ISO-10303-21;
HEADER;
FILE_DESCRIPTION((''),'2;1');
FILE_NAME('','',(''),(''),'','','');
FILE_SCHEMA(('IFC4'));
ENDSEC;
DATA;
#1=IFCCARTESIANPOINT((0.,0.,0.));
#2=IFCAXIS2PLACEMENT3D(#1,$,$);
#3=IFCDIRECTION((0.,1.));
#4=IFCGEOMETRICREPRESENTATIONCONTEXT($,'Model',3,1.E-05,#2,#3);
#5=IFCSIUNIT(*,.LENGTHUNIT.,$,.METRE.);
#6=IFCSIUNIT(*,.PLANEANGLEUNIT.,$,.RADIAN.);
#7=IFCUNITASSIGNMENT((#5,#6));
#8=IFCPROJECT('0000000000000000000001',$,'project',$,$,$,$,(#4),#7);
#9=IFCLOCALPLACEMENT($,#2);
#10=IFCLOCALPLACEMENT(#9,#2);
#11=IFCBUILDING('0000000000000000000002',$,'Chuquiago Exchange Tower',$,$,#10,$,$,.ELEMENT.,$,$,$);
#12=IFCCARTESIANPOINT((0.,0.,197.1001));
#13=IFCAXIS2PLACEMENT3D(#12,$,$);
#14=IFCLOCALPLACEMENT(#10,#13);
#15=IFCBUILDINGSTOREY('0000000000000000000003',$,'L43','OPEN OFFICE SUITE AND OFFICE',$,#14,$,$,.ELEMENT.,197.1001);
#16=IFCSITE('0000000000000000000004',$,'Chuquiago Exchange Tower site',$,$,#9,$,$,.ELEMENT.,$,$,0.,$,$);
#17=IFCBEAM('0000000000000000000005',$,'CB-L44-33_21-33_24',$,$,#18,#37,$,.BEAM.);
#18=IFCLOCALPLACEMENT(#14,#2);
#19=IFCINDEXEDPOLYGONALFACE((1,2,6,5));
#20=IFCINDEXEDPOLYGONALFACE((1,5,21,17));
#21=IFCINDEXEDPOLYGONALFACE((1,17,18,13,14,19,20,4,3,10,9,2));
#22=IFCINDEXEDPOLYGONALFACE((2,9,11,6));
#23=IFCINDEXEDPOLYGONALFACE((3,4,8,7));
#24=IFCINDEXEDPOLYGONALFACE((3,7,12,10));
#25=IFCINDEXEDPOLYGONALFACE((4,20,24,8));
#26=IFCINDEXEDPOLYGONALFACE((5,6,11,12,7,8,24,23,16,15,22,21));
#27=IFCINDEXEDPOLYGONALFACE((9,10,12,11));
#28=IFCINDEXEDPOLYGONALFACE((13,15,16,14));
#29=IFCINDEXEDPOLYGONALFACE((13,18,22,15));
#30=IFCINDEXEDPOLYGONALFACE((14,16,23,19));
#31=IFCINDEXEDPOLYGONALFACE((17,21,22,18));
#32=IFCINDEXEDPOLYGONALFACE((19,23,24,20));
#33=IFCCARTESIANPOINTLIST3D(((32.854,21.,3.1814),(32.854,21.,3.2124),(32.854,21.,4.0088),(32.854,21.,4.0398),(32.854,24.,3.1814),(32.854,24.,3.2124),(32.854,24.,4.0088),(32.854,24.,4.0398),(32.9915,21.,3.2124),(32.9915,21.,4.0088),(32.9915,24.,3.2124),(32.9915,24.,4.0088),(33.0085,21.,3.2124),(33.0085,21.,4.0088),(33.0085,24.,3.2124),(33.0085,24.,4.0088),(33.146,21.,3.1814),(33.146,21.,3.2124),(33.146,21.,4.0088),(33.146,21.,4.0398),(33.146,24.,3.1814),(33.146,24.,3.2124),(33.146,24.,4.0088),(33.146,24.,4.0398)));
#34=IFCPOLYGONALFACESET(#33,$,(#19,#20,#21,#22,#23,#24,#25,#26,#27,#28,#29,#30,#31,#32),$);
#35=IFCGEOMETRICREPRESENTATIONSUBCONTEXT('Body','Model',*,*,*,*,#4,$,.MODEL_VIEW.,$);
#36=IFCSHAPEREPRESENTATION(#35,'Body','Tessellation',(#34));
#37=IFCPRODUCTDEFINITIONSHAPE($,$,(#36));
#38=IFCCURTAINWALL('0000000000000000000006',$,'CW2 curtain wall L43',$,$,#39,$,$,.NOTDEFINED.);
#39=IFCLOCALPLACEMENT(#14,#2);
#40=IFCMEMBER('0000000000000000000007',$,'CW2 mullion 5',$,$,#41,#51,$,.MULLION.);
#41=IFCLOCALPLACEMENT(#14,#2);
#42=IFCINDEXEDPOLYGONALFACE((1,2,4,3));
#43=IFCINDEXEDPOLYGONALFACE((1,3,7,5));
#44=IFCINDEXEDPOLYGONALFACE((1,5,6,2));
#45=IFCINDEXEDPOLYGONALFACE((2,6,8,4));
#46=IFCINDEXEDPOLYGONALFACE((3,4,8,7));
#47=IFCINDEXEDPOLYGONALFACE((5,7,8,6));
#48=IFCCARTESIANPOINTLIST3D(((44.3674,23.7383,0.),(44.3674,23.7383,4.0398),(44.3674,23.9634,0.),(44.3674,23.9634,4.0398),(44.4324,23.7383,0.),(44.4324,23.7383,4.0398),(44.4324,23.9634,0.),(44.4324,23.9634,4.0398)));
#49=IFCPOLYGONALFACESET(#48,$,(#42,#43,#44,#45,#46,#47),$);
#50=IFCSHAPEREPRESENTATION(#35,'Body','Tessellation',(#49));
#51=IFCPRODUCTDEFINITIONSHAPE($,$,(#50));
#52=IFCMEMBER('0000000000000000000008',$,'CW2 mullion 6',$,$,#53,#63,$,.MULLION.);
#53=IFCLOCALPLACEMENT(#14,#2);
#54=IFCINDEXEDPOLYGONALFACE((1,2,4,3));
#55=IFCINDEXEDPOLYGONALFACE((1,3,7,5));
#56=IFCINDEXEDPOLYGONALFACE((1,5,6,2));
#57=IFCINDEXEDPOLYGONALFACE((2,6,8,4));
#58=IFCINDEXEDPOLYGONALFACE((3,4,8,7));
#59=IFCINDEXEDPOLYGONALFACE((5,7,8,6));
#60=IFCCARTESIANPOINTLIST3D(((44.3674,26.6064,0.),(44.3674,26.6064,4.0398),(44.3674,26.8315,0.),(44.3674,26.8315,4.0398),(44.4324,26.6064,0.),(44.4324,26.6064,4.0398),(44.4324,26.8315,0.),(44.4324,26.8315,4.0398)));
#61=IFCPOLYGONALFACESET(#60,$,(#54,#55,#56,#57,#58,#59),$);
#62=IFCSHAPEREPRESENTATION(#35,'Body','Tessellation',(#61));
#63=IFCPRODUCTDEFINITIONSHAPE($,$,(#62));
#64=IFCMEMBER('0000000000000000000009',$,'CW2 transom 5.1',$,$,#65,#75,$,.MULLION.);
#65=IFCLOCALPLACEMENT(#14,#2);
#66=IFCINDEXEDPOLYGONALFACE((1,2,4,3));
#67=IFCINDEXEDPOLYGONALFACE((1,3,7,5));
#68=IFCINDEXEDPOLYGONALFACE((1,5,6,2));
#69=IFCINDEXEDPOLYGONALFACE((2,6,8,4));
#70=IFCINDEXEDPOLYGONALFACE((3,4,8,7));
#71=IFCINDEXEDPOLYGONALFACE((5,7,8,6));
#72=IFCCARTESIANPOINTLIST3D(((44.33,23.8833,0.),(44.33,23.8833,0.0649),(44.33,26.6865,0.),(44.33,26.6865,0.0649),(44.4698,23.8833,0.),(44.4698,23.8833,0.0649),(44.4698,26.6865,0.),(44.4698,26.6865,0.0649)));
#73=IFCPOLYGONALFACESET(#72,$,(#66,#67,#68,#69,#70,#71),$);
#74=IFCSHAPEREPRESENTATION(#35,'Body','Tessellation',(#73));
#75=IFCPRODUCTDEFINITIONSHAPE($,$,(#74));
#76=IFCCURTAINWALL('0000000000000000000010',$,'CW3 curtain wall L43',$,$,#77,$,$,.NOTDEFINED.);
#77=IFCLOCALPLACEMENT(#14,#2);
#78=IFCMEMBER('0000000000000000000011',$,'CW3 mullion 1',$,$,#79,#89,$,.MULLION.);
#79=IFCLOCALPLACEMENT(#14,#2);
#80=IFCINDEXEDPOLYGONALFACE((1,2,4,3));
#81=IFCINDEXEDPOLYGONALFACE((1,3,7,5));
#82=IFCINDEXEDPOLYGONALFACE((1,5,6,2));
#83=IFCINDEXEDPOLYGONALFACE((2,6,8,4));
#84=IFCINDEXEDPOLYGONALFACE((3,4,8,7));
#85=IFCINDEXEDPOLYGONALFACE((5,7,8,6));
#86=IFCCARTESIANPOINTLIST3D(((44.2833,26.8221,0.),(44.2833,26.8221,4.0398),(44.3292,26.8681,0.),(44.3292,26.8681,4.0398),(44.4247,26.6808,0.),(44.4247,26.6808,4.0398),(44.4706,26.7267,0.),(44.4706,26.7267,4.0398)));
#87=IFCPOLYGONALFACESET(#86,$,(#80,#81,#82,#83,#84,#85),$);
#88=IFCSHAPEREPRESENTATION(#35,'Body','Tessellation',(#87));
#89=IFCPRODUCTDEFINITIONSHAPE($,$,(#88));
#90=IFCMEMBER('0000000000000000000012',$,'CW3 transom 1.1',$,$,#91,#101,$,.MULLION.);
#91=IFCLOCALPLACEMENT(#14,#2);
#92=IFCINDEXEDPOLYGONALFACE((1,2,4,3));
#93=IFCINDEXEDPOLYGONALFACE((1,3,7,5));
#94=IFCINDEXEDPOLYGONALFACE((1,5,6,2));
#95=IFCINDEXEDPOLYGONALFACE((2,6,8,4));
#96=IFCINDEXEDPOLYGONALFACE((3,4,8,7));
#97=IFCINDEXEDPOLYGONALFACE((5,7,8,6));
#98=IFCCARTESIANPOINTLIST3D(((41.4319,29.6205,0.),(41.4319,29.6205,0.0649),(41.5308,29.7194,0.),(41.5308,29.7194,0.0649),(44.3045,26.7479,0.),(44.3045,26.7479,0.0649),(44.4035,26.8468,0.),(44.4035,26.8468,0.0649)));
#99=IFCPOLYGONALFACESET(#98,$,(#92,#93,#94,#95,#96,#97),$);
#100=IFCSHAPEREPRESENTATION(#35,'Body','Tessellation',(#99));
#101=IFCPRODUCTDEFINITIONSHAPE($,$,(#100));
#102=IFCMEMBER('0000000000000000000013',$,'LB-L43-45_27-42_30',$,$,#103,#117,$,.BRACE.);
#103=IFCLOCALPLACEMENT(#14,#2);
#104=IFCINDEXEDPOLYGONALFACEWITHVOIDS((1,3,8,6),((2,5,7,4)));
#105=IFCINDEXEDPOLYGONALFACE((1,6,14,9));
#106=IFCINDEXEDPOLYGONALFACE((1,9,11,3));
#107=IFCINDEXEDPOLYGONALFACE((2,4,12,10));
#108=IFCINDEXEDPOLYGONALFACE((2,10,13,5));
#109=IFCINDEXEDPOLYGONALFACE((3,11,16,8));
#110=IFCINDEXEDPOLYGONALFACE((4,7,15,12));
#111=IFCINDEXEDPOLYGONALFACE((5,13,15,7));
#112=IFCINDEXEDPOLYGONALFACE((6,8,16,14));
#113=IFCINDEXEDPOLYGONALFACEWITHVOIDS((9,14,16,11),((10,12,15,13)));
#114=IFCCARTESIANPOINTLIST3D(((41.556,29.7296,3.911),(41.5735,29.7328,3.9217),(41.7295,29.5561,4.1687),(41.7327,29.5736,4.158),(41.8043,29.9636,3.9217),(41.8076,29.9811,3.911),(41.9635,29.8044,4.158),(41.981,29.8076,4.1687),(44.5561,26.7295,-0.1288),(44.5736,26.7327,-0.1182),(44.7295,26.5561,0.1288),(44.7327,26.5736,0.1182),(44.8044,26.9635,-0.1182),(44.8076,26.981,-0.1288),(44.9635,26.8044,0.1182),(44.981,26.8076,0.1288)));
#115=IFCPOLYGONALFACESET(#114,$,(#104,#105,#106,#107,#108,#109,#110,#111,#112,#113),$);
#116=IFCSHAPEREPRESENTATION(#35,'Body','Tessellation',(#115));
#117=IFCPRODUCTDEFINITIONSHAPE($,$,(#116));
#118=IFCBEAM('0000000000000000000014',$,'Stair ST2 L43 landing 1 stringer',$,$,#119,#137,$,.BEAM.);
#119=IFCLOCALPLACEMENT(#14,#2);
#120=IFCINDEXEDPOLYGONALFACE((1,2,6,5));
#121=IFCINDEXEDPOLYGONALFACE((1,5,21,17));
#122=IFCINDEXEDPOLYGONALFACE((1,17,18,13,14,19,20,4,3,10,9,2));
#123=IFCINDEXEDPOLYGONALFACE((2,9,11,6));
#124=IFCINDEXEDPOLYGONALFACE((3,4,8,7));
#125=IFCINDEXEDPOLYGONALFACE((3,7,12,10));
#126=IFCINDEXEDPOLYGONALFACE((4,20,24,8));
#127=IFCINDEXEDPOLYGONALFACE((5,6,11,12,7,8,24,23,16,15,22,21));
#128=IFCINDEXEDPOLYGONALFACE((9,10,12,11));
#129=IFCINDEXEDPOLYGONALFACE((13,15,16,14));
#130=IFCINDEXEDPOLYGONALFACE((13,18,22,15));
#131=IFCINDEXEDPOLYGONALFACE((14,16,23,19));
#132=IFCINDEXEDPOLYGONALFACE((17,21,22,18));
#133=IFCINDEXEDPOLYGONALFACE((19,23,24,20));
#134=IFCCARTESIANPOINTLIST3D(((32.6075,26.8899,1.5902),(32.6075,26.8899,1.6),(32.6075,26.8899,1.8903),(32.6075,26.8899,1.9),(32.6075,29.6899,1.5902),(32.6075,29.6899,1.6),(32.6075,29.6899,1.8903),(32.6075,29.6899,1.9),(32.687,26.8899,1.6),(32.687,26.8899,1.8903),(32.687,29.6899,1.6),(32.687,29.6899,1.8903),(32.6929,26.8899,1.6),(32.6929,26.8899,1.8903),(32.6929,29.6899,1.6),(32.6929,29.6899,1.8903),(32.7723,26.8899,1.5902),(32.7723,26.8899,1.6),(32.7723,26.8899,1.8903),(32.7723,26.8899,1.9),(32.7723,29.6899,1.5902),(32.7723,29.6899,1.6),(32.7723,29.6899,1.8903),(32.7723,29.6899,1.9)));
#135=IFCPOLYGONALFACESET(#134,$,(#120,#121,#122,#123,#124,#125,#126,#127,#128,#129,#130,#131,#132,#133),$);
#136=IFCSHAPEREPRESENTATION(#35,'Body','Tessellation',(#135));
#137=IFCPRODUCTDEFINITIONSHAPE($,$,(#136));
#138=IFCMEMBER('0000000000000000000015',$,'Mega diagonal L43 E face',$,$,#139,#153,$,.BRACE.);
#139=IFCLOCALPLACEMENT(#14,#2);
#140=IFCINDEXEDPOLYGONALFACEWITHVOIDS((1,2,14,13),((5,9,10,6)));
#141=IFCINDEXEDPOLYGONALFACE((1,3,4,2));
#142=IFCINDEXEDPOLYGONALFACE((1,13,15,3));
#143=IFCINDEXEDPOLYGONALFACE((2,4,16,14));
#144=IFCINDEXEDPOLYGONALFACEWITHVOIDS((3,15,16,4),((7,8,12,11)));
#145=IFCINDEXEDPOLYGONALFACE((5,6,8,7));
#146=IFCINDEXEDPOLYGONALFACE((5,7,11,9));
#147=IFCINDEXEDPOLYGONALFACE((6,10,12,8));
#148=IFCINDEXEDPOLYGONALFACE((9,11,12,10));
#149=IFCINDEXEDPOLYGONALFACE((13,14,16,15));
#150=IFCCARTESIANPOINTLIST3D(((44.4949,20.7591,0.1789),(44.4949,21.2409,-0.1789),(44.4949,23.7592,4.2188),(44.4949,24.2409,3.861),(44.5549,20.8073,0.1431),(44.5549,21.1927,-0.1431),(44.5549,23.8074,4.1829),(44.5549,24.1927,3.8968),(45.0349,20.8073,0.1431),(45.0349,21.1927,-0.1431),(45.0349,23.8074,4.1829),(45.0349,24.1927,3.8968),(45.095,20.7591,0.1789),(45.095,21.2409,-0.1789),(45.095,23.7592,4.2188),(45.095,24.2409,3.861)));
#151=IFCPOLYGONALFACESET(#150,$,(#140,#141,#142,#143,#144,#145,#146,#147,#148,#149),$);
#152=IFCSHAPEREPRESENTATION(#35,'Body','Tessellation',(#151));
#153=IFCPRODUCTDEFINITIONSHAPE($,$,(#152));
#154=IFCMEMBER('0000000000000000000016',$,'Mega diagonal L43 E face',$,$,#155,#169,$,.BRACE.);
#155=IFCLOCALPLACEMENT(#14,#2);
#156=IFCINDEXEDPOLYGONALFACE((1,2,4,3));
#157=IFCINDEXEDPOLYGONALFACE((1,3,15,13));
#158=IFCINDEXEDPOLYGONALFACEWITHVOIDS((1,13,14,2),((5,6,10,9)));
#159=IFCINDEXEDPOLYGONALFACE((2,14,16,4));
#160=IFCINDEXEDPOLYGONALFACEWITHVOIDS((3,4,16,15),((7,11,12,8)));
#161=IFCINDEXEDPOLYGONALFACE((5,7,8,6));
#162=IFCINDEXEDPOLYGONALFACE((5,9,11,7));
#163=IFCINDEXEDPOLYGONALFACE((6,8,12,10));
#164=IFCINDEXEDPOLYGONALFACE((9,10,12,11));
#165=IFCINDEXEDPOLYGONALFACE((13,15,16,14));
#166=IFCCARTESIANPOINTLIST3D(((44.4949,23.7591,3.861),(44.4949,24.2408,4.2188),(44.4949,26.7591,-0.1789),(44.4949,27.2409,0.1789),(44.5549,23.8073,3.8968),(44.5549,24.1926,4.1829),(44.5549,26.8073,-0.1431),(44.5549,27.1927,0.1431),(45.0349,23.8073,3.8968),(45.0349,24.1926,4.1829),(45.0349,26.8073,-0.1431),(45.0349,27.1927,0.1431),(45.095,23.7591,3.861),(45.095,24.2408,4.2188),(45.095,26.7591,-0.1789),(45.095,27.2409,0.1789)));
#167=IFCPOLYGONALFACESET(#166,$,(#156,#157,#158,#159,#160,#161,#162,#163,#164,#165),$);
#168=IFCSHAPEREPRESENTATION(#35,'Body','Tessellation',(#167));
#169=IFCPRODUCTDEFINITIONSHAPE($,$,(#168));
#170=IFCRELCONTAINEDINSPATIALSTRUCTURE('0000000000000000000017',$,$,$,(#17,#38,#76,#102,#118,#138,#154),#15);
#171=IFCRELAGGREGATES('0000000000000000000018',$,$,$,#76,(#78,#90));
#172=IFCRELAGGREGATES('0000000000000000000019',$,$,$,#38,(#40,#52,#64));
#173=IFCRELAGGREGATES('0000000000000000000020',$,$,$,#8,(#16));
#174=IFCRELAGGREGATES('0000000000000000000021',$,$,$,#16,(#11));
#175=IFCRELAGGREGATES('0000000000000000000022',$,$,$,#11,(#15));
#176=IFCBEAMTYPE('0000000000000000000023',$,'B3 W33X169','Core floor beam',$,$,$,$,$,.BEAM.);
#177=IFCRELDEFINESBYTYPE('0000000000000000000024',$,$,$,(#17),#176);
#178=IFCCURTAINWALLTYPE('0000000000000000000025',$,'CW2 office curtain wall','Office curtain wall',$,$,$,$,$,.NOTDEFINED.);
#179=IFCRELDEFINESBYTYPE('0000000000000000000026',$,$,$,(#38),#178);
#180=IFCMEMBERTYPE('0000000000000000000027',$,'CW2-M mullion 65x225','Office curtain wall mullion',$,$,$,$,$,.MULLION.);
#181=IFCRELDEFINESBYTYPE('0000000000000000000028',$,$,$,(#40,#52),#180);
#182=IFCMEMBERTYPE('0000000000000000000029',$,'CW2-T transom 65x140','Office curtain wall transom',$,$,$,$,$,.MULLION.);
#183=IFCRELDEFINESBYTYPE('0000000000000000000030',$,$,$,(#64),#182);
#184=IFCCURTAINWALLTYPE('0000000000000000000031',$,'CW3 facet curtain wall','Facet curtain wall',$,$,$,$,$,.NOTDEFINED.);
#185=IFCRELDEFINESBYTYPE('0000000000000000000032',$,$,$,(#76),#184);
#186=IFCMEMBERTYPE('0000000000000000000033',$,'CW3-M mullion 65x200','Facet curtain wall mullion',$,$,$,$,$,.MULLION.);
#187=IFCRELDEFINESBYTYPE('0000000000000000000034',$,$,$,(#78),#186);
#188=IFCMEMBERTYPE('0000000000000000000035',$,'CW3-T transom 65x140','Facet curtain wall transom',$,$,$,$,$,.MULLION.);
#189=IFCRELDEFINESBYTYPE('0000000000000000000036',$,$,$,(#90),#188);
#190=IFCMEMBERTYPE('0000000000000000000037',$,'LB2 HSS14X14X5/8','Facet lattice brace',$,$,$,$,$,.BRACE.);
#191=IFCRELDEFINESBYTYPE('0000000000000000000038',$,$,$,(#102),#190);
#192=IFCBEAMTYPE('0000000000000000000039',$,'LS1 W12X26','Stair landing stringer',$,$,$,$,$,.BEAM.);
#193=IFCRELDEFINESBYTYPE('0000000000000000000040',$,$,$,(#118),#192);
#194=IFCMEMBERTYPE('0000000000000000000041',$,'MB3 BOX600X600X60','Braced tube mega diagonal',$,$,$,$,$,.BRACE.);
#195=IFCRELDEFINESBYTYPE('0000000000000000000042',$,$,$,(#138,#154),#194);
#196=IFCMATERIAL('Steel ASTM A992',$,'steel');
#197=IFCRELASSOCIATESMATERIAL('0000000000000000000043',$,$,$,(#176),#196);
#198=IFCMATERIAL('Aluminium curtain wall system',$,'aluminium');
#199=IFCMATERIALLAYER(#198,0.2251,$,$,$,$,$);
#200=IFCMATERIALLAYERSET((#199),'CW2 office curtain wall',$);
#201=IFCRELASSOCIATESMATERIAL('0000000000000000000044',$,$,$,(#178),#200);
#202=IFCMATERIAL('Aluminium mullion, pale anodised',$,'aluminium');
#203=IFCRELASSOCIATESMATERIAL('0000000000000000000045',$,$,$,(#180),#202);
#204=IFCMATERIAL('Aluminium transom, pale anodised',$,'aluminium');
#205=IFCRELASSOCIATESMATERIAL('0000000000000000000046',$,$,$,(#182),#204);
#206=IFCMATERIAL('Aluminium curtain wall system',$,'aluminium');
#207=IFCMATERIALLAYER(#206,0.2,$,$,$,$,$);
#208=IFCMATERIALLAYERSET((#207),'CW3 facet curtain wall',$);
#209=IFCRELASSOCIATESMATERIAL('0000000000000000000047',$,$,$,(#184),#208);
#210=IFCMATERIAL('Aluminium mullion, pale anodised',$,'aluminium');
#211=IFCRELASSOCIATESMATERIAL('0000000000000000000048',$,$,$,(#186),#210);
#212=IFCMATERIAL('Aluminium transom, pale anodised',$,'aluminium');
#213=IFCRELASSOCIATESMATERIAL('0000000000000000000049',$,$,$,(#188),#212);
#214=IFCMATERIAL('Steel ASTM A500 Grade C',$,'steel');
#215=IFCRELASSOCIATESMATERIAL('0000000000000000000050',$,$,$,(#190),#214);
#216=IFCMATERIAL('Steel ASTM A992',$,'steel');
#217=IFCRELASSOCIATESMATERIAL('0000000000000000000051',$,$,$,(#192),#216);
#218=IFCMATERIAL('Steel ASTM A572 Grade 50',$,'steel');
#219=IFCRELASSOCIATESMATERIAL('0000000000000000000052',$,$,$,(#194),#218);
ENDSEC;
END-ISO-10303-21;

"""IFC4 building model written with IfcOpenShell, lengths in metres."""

from ifc_helpers import new_model, si_unit, direction, frame, origin, origin_2d, place, context, subcontext, project, spatial, rectangle, hollow_rectangle, i_section, extrude, material, layer, layer_set, material_profile, profile_set, type_object, element, aggregate, save


model = new_model("IFC4")

# Units and contexts
model_context = context("Model", 3, precision=1e-05, world=origin(), true_north=direction((0.0, 1.0)))
body_context = subcontext(model_context, "Body", "Model", "MODEL_VIEW")
ifc_project = project(units=[si_unit("LENGTHUNIT", "METRE"), si_unit("PLANEANGLEUNIT", "RADIAN")], contexts=[model_context])

# Site, building, storey
site_placement = place(None, origin())
site = spatial("IfcSite", under=ifc_project, at=site_placement, Name="Chuquiago Exchange Tower site", CompositionType="ELEMENT", RefElevation=0.0)
building_placement = place(site_placement, origin())
building = spatial("IfcBuilding", under=site, at=building_placement, Name="Chuquiago Exchange Tower", CompositionType="ELEMENT")
storey_placement = place(building_placement, frame((0.0, 0.0, 197.1001)))
storey = spatial("IfcBuildingStorey", under=building, at=storey_placement, Name="L43", Description="OPEN OFFICE SUITE AND OFFICE", CompositionType="ELEMENT", Elevation=197.1001)

# Beam
ifc_material_1 = material(Name="Steel ASTM A992", Category="steel")
ifc_material_profile_1 = material_profile(ifc_material_1, i_section(OverallWidth=0.292, OverallDepth=0.8584, WebThickness=0.0171, FlangeThickness=0.031, at=origin_2d()), Name="W33X169")
ifc_profile_set_1 = profile_set([ifc_material_profile_1], Name="Steel ASTM A992")
beam_type_1 = type_object("IfcBeamType", Name="B3 W33X169", Description="Core floor beam", PredefinedType="BEAM", material=ifc_profile_set_1)
beam_1_placement = place(storey_placement, frame((33.0, 21.0, 3.6106), z_axis=(0.0, 1.0, 0.0), x_axis=(-1.0, 0.0, 0.0)))
element("IfcBeam", 1, at=beam_1_placement, inside=storey, type_object=beam_type_1, Name="CB-L44-33_21-33_24", PredefinedType="BEAM", context=body_context, shape_type="SweptSolid", body=[
    extrude(i_section(OverallWidth=0.292, OverallDepth=0.8584, WebThickness=0.0171, FlangeThickness=0.031, at=origin_2d()), origin(), (0.0, 0.0, 1.0), 3.0),
])

# Curtain walls, members
ifc_material_2 = material(Name="Aluminium curtain wall system", Category="aluminium")
ifc_layer_1 = layer(ifc_material_2, 0.2251)
ifc_layer_set_1 = layer_set([ifc_layer_1], Name="CW2 office curtain wall")
curtain_wall_type_1 = type_object("IfcCurtainWallType", Name="CW2 office curtain wall", Description="Office curtain wall", PredefinedType="NOTDEFINED", material=ifc_layer_set_1)
curtain_wall_1_placement = place(storey_placement, origin())
curtain_wall_1 = element("IfcCurtainWall", 2, at=curtain_wall_1_placement, inside=storey, type_object=curtain_wall_type_1, Name="CW2 curtain wall L43", PredefinedType="NOTDEFINED")
ifc_material_3 = material(Name="Aluminium mullion, pale anodised", Category="aluminium")
ifc_material_profile_2 = material_profile(ifc_material_3, rectangle(XDim=0.0649, YDim=0.2251, at=origin_2d()), Name="AL 65x225")
ifc_profile_set_2 = profile_set([ifc_material_profile_2], Name="Aluminium mullion, pale anodised")
member_type_1 = type_object("IfcMemberType", Name="CW2-M mullion 65x225", Description="Office curtain wall mullion", PredefinedType="MULLION", material=ifc_profile_set_2)
member_1_placement = place(storey_placement, frame((44.3999, 23.8508, 0.0), z_axis=(0.0, 0.0, 1.0), x_axis=(-1.0, 0.0, 0.0)))
member_1 = element("IfcMember", 3, at=member_1_placement, type_object=member_type_1, Name="CW2 mullion 5", PredefinedType="MULLION", context=body_context, shape_type="SweptSolid", body=[
    extrude(rectangle(XDim=0.0649, YDim=0.2251, at=origin_2d()), origin(), (0.0, 0.0, 1.0), 4.0398),
])
member_2_placement = place(storey_placement, frame((44.3999, 26.719, 0.0), z_axis=(0.0, 0.0, 1.0), x_axis=(-1.0, 0.0, 0.0)))
member_2 = element("IfcMember", 4, at=member_2_placement, type_object=member_type_1, Name="CW2 mullion 6", PredefinedType="MULLION", context=body_context, shape_type="SweptSolid", body=[
    extrude(rectangle(XDim=0.0649, YDim=0.2251, at=origin_2d()), origin(), (0.0, 0.0, 1.0), 4.0398),
])
ifc_material_4 = material(Name="Aluminium transom, pale anodised", Category="aluminium")
ifc_material_profile_3 = material_profile(ifc_material_4, rectangle(XDim=0.1399, YDim=0.0649, at=origin_2d()), Name="AL 140x65")
ifc_profile_set_3 = profile_set([ifc_material_profile_3], Name="Aluminium transom, pale anodised")
member_type_2 = type_object("IfcMemberType", Name="CW2-T transom 65x140", Description="Office curtain wall transom", PredefinedType="MULLION", material=ifc_profile_set_3)
member_3_placement = place(storey_placement, frame((44.3999, 23.8833, 0.0325), z_axis=(0.0, 1.0, 0.0), x_axis=(-1.0, 0.0, 0.0)))
member_3 = element("IfcMember", 5, at=member_3_placement, type_object=member_type_2, Name="CW2 transom 5.1", PredefinedType="MULLION", context=body_context, shape_type="SweptSolid", body=[
    extrude(rectangle(XDim=0.1399, YDim=0.0649, at=origin_2d()), origin(), (0.0, 0.0, 1.0), 2.8032),
])
ifc_material_5 = material(Name="Aluminium curtain wall system", Category="aluminium")
ifc_layer_2 = layer(ifc_material_5, 0.2)
ifc_layer_set_2 = layer_set([ifc_layer_2], Name="CW3 facet curtain wall")
curtain_wall_type_2 = type_object("IfcCurtainWallType", Name="CW3 facet curtain wall", Description="Facet curtain wall", PredefinedType="NOTDEFINED", material=ifc_layer_set_2)
curtain_wall_2_placement = place(storey_placement, origin())
curtain_wall_2 = element("IfcCurtainWall", 6, at=curtain_wall_2_placement, inside=storey, type_object=curtain_wall_type_2, Name="CW3 curtain wall L43", PredefinedType="NOTDEFINED")
ifc_material_6 = material(Name="Aluminium mullion, pale anodised", Category="aluminium")
ifc_material_profile_4 = material_profile(ifc_material_6, rectangle(XDim=0.0649, YDim=0.2, at=origin_2d()), Name="AL 65x200")
ifc_profile_set_4 = profile_set([ifc_material_profile_4], Name="Aluminium mullion, pale anodised")
member_type_3 = type_object("IfcMemberType", Name="CW3-M mullion 65x200", Description="Facet curtain wall mullion", PredefinedType="MULLION", material=ifc_profile_set_4)
member_4_placement = place(storey_placement, frame((44.377, 26.7744, 0.0), z_axis=(0.0, 0.0, 1.0), x_axis=(-0.707107, -0.707107, 0.0)))
member_4 = element("IfcMember", 7, at=member_4_placement, type_object=member_type_3, Name="CW3 mullion 1", PredefinedType="MULLION", context=body_context, shape_type="SweptSolid", body=[
    extrude(rectangle(XDim=0.0649, YDim=0.2, at=origin_2d()), origin(), (0.0, 0.0, 1.0), 4.0398),
])
ifc_material_7 = material(Name="Aluminium transom, pale anodised", Category="aluminium")
ifc_material_profile_5 = material_profile(ifc_material_7, rectangle(XDim=0.1399, YDim=0.0649, at=origin_2d()), Name="AL 140x65")
ifc_profile_set_5 = profile_set([ifc_material_profile_5], Name="Aluminium transom, pale anodised")
member_type_4 = type_object("IfcMemberType", Name="CW3-T transom 65x140", Description="Facet curtain wall transom", PredefinedType="MULLION", material=ifc_profile_set_5)
member_5_placement = place(storey_placement, frame((44.354, 26.7974, 0.0325), z_axis=(-0.707107, 0.707107, 0.0), x_axis=(-0.707107, -0.707107, 0.0)))
member_5 = element("IfcMember", 8, at=member_5_placement, type_object=member_type_4, Name="CW3 transom 1.1", PredefinedType="MULLION", context=body_context, shape_type="SweptSolid", body=[
    extrude(rectangle(XDim=0.1399, YDim=0.0649, at=origin_2d()), origin(), (0.0, 0.0, 1.0), 4.0625),
])
aggregate(curtain_wall_2, [member_4, member_5])

# Member
ifc_material_8 = material(Name="Steel ASTM A500 Grade C", Category="steel")
ifc_material_profile_6 = material_profile(ifc_material_8, hollow_rectangle(XDim=0.3557, YDim=0.3557, WallThickness=0.0146, at=origin_2d()), Name="HSS14X14X5/8")
ifc_profile_set_6 = profile_set([ifc_material_profile_6], Name="Steel ASTM A500 Grade C")
member_type_5 = type_object("IfcMemberType", Name="LB2 HSS14X14X5/8", Description="Facet lattice brace", PredefinedType="BRACE", material=ifc_profile_set_6)
member_6_placement = place(storey_placement, frame((44.7686, 26.7686, 0.0), z_axis=(-0.512092, 0.512092, 0.689582), x_axis=(-0.707107, -0.707107, 0.0)))
element("IfcMember", 9, at=member_6_placement, inside=storey, type_object=member_type_5, Name="LB-L43-45_27-42_30", PredefinedType="BRACE", context=body_context, shape_type="SweptSolid", body=[
    extrude(hollow_rectangle(XDim=0.3557, YDim=0.3557, WallThickness=0.0146, at=origin_2d()), origin(), (0.0, 0.0, 1.0), 5.8584),
])

# Beam
ifc_material_9 = material(Name="Steel ASTM A992", Category="steel")
ifc_material_profile_7 = material_profile(ifc_material_9, i_section(OverallWidth=0.1648, OverallDepth=0.3098, WebThickness=0.0059, FlangeThickness=0.0098, at=origin_2d()), Name="W12X26")
ifc_profile_set_7 = profile_set([ifc_material_profile_7], Name="Steel ASTM A992")
beam_type_2 = type_object("IfcBeamType", Name="LS1 W12X26", Description="Stair landing stringer", PredefinedType="BEAM", material=ifc_profile_set_7)
beam_2_placement = place(storey_placement, frame((32.6899, 26.8899, 1.7451), z_axis=(0.0, 1.0, 0.0), x_axis=(-1.0, 0.0, 0.0)))
element("IfcBeam", 10, at=beam_2_placement, inside=storey, type_object=beam_type_2, Name="Stair ST2 L43 landing 1 stringer", PredefinedType="BEAM", context=body_context, shape_type="SweptSolid", body=[
    extrude(i_section(OverallWidth=0.1648, OverallDepth=0.3098, WebThickness=0.0059, FlangeThickness=0.0098, at=origin_2d()), origin(), (0.0, 0.0, 1.0), 2.8),
])

# Members
ifc_material_10 = material(Name="Steel ASTM A572 Grade 50", Category="steel")
ifc_material_profile_8 = material_profile(ifc_material_10, hollow_rectangle(XDim=0.6001, YDim=0.6001, WallThickness=0.0601, at=origin_2d()), Name="BOX600X600X60")
ifc_profile_set_8 = profile_set([ifc_material_profile_8], Name="Steel ASTM A572 Grade 50")
member_type_6 = type_object("IfcMemberType", Name="MB3 BOX600X600X60", Description="Braced tube mega diagonal", PredefinedType="BRACE", material=ifc_profile_set_8)
for number, where, z_axis, x_axis, name in (
    (11, (44.7949, 21.0, 0.0), (0.0, 0.596197, 0.802838), (-1.0, 0.0, 0.0), "Mega diagonal L43 E face"),
    (12, (44.7949, 27.0, 0.0), (0.0, -0.596197, 0.802838), (1.0, 0.0, 0.0), "Mega diagonal L43 E face"),
):
    element("IfcMember", number, at=place(storey_placement, frame(where, z_axis=z_axis, x_axis=x_axis)), inside=storey, type_object=member_type_6, Name=name, PredefinedType="BRACE", context=body_context, shape_type="SweptSolid", body=[
        extrude(hollow_rectangle(XDim=0.6001, YDim=0.6001, WallThickness=0.0601, at=origin_2d()), origin(), (0.0, 0.0, 1.0), 5.032),
    ])

aggregate(curtain_wall_1, [member_1, member_2, member_3])

save(model, "model.ifc")
